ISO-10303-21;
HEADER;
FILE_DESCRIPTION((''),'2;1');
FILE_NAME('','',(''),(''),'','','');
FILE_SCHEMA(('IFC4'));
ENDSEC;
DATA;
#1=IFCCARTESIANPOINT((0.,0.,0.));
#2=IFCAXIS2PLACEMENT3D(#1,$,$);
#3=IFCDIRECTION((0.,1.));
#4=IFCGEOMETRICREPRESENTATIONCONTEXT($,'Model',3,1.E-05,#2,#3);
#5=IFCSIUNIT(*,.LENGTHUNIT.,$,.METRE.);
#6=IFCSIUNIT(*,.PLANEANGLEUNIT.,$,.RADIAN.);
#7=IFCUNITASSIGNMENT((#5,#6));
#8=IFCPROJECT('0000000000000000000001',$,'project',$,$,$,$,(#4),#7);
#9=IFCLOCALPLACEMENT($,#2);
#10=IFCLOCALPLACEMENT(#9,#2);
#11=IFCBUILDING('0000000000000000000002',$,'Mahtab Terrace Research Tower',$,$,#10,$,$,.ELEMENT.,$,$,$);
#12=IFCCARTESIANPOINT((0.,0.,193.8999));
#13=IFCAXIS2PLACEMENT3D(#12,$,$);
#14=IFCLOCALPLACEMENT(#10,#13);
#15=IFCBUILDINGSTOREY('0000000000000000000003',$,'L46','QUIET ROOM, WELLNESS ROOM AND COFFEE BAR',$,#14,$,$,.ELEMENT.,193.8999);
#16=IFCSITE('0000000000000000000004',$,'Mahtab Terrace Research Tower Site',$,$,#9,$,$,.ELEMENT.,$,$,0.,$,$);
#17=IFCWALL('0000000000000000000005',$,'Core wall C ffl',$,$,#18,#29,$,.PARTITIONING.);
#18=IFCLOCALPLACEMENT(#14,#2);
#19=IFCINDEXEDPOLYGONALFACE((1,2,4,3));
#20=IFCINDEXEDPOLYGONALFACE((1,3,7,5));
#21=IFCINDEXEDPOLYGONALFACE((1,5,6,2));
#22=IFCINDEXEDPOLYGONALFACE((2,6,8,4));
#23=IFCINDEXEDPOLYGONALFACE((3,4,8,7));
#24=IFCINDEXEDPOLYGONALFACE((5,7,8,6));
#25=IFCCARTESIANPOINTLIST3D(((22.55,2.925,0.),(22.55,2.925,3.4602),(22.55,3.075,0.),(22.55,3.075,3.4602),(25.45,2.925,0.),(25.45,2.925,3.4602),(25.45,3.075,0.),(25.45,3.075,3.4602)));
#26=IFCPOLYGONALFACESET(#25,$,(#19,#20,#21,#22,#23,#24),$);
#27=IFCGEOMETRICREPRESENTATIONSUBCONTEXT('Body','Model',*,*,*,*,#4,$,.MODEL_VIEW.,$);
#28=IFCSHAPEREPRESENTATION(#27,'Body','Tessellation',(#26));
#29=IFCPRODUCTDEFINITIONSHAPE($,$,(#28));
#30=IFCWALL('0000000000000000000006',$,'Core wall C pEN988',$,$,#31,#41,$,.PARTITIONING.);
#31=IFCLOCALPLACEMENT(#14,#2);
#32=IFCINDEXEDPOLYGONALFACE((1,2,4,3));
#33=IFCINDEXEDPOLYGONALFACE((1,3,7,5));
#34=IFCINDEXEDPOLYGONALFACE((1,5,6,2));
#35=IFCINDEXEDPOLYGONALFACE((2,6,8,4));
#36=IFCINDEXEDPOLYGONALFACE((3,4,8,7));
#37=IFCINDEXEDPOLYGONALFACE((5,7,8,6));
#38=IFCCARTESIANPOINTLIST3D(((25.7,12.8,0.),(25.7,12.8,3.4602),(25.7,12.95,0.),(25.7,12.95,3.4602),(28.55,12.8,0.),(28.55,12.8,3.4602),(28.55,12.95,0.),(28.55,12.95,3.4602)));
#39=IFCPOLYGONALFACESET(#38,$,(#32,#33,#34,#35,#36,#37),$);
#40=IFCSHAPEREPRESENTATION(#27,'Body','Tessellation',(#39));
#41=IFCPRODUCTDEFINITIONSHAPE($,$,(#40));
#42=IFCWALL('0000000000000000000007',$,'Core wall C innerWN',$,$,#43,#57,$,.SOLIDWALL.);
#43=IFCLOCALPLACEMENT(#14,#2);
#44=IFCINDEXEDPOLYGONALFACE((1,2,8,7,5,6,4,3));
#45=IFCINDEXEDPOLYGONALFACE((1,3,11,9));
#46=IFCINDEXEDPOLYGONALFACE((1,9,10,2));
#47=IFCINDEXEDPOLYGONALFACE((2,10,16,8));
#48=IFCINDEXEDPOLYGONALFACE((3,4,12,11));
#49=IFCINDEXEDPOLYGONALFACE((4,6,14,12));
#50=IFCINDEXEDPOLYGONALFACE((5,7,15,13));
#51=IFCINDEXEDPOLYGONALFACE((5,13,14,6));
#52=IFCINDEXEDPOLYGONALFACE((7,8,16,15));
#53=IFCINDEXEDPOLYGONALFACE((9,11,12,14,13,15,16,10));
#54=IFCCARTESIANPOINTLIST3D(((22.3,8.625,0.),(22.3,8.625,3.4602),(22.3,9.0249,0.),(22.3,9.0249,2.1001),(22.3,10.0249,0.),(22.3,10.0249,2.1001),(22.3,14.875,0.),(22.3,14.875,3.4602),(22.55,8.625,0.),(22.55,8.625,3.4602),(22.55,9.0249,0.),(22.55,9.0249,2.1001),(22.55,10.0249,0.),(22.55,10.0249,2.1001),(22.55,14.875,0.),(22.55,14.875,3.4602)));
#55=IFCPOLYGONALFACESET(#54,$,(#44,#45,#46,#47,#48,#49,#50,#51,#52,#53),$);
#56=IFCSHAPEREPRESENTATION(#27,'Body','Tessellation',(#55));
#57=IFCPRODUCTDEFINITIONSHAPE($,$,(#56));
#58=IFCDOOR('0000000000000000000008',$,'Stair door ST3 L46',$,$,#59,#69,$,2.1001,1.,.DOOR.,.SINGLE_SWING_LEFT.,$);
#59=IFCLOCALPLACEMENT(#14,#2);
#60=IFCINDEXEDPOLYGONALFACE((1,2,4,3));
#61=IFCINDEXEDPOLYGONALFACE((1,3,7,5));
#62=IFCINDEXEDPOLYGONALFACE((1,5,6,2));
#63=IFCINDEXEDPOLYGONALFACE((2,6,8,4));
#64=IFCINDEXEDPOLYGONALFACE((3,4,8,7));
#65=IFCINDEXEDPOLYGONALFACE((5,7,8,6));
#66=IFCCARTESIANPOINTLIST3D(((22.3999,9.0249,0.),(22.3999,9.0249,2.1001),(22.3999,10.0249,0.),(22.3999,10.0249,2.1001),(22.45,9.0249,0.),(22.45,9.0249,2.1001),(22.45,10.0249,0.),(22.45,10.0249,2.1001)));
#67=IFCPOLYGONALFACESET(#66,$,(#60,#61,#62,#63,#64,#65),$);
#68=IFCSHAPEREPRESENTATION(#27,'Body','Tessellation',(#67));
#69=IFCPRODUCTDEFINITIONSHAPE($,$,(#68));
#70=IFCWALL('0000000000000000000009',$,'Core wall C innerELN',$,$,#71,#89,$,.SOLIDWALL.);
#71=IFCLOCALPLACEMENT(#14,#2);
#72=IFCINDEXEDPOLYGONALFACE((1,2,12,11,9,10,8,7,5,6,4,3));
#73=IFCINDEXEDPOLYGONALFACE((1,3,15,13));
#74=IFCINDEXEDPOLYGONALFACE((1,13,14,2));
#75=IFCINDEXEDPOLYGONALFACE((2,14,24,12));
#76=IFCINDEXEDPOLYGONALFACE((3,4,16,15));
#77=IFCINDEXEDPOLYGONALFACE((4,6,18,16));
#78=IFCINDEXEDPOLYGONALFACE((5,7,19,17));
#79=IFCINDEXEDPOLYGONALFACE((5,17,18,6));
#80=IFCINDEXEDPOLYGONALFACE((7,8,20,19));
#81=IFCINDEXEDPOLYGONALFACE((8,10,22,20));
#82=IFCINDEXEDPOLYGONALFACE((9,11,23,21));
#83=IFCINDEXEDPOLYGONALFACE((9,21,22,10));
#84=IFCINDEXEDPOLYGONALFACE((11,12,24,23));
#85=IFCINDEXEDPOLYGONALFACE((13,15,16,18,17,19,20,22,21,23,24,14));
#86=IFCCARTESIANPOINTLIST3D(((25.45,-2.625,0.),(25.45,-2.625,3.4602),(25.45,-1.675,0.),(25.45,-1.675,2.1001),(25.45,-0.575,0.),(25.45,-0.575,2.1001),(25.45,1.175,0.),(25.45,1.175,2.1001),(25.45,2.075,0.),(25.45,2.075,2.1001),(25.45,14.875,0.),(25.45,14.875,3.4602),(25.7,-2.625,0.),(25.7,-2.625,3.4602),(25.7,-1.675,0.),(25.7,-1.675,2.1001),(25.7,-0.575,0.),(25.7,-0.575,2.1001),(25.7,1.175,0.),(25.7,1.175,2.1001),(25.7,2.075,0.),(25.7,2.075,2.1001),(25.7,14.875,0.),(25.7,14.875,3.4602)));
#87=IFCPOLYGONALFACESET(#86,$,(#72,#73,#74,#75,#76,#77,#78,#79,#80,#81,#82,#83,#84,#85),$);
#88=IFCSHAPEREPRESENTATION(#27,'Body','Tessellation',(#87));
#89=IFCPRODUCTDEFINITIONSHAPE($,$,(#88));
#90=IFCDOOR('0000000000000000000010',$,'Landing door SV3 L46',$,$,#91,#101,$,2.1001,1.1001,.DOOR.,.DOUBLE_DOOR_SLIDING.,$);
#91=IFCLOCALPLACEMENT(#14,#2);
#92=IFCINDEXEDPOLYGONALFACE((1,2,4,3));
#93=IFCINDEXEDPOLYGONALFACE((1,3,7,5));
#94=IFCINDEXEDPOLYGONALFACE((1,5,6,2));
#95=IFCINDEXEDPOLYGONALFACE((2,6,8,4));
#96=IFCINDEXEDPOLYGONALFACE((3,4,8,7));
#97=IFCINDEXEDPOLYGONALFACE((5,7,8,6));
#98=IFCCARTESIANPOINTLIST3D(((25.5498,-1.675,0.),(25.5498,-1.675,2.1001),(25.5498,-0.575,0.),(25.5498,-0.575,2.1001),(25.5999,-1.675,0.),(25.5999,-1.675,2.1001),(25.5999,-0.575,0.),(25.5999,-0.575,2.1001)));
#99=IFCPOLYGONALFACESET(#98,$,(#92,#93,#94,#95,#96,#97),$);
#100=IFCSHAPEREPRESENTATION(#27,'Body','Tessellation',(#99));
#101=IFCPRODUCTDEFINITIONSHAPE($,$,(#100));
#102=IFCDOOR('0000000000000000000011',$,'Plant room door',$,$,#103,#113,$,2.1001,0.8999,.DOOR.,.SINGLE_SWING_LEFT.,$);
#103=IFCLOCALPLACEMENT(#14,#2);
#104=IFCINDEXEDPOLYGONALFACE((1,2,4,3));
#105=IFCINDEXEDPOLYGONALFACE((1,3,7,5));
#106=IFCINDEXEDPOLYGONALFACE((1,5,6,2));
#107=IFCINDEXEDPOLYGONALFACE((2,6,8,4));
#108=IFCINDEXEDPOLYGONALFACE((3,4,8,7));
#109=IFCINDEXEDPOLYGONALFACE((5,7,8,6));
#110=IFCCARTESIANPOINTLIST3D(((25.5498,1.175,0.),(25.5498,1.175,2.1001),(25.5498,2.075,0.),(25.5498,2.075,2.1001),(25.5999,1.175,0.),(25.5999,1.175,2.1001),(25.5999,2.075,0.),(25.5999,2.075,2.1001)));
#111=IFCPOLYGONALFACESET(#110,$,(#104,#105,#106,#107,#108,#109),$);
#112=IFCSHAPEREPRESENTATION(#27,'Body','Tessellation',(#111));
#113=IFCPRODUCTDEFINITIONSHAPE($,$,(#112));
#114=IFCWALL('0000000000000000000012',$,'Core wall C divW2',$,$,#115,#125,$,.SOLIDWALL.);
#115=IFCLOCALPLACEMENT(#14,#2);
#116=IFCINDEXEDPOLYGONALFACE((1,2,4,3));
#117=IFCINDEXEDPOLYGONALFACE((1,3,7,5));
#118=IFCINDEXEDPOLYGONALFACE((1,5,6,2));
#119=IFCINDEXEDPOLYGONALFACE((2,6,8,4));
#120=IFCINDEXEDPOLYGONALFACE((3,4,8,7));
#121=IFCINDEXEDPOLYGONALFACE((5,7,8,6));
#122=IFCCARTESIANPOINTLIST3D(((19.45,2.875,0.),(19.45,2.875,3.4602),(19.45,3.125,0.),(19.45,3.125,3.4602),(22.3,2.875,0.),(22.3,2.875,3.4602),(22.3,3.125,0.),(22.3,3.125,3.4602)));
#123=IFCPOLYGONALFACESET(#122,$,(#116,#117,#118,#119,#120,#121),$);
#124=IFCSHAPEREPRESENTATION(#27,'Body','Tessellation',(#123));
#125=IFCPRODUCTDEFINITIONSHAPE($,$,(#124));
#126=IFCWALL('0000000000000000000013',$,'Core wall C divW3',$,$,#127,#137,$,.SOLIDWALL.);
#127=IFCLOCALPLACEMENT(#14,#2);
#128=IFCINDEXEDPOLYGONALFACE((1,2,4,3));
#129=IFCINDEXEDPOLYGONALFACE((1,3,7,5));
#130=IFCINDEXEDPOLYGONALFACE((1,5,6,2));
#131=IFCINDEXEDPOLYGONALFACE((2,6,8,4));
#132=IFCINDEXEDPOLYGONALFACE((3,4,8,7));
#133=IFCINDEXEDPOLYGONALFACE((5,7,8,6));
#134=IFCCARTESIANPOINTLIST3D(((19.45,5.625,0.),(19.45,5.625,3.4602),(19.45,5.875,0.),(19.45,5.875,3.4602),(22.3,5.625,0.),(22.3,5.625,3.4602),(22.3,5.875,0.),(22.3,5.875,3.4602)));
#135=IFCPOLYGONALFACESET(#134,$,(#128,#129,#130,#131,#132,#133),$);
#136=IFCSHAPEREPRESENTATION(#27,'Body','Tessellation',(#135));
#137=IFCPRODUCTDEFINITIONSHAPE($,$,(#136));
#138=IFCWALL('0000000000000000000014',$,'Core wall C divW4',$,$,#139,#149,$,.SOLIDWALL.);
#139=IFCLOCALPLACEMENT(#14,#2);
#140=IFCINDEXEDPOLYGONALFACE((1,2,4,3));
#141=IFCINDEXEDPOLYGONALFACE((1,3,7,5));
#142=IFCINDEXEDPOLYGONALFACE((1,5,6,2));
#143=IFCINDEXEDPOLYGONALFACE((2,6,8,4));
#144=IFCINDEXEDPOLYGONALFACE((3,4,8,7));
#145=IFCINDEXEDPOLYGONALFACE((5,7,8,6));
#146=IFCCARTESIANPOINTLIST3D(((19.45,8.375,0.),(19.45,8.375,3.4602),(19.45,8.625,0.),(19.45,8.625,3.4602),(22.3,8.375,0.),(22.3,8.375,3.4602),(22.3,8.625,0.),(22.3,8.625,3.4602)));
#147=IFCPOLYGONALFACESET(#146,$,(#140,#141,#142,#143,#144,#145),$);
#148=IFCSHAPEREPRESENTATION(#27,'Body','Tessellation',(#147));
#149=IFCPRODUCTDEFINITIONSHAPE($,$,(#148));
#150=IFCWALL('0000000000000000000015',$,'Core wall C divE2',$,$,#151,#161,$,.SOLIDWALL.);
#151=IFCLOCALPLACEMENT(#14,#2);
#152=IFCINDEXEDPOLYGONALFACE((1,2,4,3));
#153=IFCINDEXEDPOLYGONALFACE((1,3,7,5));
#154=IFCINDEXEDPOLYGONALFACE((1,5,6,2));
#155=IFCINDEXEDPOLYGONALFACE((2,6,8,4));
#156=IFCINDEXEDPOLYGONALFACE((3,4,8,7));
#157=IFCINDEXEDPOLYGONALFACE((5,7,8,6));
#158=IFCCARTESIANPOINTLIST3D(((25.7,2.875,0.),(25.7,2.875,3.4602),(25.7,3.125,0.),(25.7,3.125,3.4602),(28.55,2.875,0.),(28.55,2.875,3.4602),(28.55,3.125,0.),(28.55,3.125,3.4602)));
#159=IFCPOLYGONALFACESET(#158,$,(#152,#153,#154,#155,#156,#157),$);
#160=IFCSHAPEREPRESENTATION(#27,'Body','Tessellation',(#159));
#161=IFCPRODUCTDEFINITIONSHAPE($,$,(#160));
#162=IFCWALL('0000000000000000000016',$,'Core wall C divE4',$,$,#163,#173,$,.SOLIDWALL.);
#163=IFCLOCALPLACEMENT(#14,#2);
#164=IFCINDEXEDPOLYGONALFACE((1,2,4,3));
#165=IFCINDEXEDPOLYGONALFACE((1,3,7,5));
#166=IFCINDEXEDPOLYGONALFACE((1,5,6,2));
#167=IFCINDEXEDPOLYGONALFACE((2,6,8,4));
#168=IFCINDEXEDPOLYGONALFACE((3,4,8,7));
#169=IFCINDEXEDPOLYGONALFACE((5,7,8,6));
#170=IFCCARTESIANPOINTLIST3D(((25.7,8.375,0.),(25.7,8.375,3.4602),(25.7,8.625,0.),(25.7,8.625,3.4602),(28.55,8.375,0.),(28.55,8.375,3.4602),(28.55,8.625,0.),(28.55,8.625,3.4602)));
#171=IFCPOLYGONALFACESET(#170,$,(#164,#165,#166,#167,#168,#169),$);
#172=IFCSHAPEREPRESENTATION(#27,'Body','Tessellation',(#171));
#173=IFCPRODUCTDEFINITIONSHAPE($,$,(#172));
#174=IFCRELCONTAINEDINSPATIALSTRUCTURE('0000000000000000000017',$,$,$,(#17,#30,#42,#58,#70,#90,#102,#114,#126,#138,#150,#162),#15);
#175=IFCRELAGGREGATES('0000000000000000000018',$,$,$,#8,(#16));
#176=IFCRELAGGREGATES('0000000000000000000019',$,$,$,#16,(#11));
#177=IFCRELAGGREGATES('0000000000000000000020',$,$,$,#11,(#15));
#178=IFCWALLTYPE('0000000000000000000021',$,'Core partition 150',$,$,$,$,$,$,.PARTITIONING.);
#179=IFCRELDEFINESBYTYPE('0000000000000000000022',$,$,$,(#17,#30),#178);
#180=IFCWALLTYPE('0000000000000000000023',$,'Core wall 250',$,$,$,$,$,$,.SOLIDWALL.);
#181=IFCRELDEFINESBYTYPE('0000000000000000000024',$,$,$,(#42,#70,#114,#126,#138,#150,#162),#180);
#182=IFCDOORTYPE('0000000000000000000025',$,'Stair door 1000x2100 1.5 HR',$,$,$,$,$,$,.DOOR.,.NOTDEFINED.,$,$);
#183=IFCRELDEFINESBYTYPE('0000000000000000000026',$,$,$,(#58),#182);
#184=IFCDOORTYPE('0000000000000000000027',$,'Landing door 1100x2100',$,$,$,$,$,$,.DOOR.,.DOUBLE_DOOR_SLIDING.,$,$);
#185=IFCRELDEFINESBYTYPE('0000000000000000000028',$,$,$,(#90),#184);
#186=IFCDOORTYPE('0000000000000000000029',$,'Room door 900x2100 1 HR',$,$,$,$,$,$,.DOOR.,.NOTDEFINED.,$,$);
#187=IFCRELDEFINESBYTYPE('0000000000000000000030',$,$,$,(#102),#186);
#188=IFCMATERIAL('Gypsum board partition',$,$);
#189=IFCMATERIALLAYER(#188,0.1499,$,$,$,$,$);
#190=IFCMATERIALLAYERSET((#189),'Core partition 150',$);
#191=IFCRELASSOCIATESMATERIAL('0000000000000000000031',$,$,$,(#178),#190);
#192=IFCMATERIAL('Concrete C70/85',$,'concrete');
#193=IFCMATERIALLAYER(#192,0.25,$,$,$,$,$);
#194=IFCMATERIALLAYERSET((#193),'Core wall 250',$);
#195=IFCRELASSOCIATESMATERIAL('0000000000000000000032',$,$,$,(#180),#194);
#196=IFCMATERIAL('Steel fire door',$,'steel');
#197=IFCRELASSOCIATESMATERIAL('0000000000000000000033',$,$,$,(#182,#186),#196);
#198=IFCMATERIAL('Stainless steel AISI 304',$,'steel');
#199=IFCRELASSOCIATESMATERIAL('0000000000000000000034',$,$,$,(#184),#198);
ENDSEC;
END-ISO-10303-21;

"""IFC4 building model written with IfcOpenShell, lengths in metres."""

from ifc_helpers import new_model, si_unit, direction, frame, frame_2d, origin, place, context, subcontext, project, spatial, rectangle, extrude, material, layer, layer_set, type_object, element, fill, save


model = new_model("IFC4")

# Units and contexts
model_context = context("Model", 3, precision=1e-05, world=origin(), true_north=direction((0.0, 1.0)))
body_context = subcontext(model_context, "Body", "Model", "MODEL_VIEW")
ifc_project = project(units=[si_unit("LENGTHUNIT", "METRE"), si_unit("PLANEANGLEUNIT", "RADIAN")], contexts=[model_context])

# Site, building, storey
site_placement = place(None, origin())
site = spatial("IfcSite", under=ifc_project, at=site_placement, Name="Mahtab Terrace Research Tower Site", CompositionType="ELEMENT", RefElevation=0.0)
building_placement = place(site_placement, origin())
building = spatial("IfcBuilding", under=site, at=building_placement, Name="Mahtab Terrace Research Tower", CompositionType="ELEMENT")
storey_placement = place(building_placement, frame((0.0, 0.0, 193.8999)))
storey = spatial("IfcBuildingStorey", under=building, at=storey_placement, Name="L46", Description="QUIET ROOM, WELLNESS ROOM AND COFFEE BAR", CompositionType="ELEMENT", Elevation=193.8999)

# Walls
ifc_material_1 = material(Name="Gypsum board partition")
ifc_layer_1 = layer(ifc_material_1, 0.1499)
ifc_layer_set_1 = layer_set([ifc_layer_1], Name="Core partition 150")
wall_type_1 = type_object("IfcWallType", Name="Core partition 150", PredefinedType="PARTITIONING", material=ifc_layer_set_1)
wall_1_placement = place(storey_placement, frame((22.55, 3.0, 0.0), z_axis=(0.0, 0.0, 1.0), x_axis=(1.0, 0.0, 0.0)))
element("IfcWall", 1, at=wall_1_placement, inside=storey, type_object=wall_type_1, Name="Core wall C ffl", PredefinedType="PARTITIONING", context=body_context, shape_type="SweptSolid", body=[
    extrude(rectangle(XDim=2.8999, YDim=0.1499, at=frame_2d((1.45, 0.0))), origin(), (0.0, 0.0, 1.0), 3.4602),
])
wall_2_placement = place(storey_placement, frame((25.7, 12.875, 0.0), z_axis=(0.0, 0.0, 1.0), x_axis=(1.0, 0.0, 0.0)))
element("IfcWall", 2, at=wall_2_placement, inside=storey, type_object=wall_type_1, Name="Core wall C pEN988", PredefinedType="PARTITIONING", context=body_context, shape_type="SweptSolid", body=[
    extrude(rectangle(XDim=2.8501, YDim=0.1499, at=frame_2d((1.425, 0.0))), origin(), (0.0, 0.0, 1.0), 3.4602),
])

# Wall, opening, door
ifc_material_2 = material(Name="Concrete C70/85", Category="concrete")
ifc_layer_2 = layer(ifc_material_2, 0.25)
ifc_layer_set_2 = layer_set([ifc_layer_2], Name="Core wall 250")
wall_type_2 = type_object("IfcWallType", Name="Core wall 250", PredefinedType="SOLIDWALL", material=ifc_layer_set_2)
wall_3_placement = place(storey_placement, frame((22.425, 14.875, 0.0), z_axis=(0.0, 0.0, 1.0), x_axis=(0.0, -1.0, 0.0)))
wall_3 = element("IfcWall", 3, at=wall_3_placement, inside=storey, type_object=wall_type_2, Name="Core wall C innerWN", PredefinedType="SOLIDWALL", context=body_context, shape_type="SweptSolid", body=[
    extrude(rectangle(XDim=6.25, YDim=0.25, at=frame_2d((3.125, 0.0))), origin(), (0.0, 0.0, 1.0), 3.4602),
])
opening_1_placement = place(wall_3_placement, frame((4.8501, 0.0, 0.0)))
opening_1 = element("IfcOpeningElement", 4, at=opening_1_placement, cuts=wall_3, PredefinedType="OPENING", context=body_context, shape_type="SweptSolid", body=[
    extrude(rectangle(XDim=1.0, YDim=2.1001, at=frame_2d((0.5, 1.05))), frame((0.0, 0.135, 0.0), z_axis=(0.0, -1.0, 0.0), x_axis=(1.0, 0.0, 0.0)), (0.0, 0.0, 1.0), 0.27),
])
ifc_material_3 = material(Name="Steel fire door", Category="steel")
door_type_1 = type_object("IfcDoorType", Name="Stair door 1000x2100 1.5 HR", OperationType="NOTDEFINED", PredefinedType="DOOR", material=ifc_material_3)
door_1_placement = place(opening_1_placement, origin())
door_1 = element("IfcDoor", 5, at=door_1_placement, inside=storey, type_object=door_type_1, Name="Stair door ST3 L46", OperationType="SINGLE_SWING_LEFT", OverallHeight=2.1001, OverallWidth=1.0, PredefinedType="DOOR", context=body_context, shape_type="SweptSolid", body=[
    extrude(rectangle(XDim=1.0, YDim=2.1001, at=frame_2d((0.5, 1.05))), frame((0.0, 0.0249, 0.0), z_axis=(0.0, -1.0, 0.0), x_axis=(1.0, 0.0, 0.0)), (0.0, 0.0, 1.0), 0.05),
])
fill(opening_1, door_1)

# Wall, openings, doors
wall_4_placement = place(storey_placement, frame((25.575, 14.875, 0.0), z_axis=(0.0, 0.0, 1.0), x_axis=(0.0, -1.0, 0.0)))
wall_4 = element("IfcWall", 6, at=wall_4_placement, inside=storey, type_object=wall_type_2, Name="Core wall C innerELN", PredefinedType="SOLIDWALL", context=body_context, shape_type="SweptSolid", body=[
    extrude(rectangle(XDim=17.5, YDim=0.25, at=frame_2d((8.75, 0.0))), origin(), (0.0, 0.0, 1.0), 3.4602),
])
opening_2_placement = place(wall_4_placement, frame((15.45, 0.0, 0.0)))
opening_2 = element("IfcOpeningElement", 7, at=opening_2_placement, cuts=wall_4, PredefinedType="OPENING", context=body_context, shape_type="SweptSolid", body=[
    extrude(rectangle(XDim=1.1001, YDim=2.1001, at=frame_2d((0.55, 1.05))), frame((0.0, 0.135, 0.0), z_axis=(0.0, -1.0, 0.0), x_axis=(1.0, 0.0, 0.0)), (0.0, 0.0, 1.0), 0.27),
])
opening_3_placement = place(wall_4_placement, frame((12.8, 0.0, 0.0)))
opening_3 = element("IfcOpeningElement", 8, at=opening_3_placement, cuts=wall_4, PredefinedType="OPENING", context=body_context, shape_type="SweptSolid", body=[
    extrude(rectangle(XDim=0.8999, YDim=2.1001, at=frame_2d((0.45, 1.05))), frame((0.0, 0.135, 0.0), z_axis=(0.0, -1.0, 0.0), x_axis=(1.0, 0.0, 0.0)), (0.0, 0.0, 1.0), 0.27),
])
ifc_material_4 = material(Name="Stainless steel AISI 304", Category="steel")
door_type_2 = type_object("IfcDoorType", Name="Landing door 1100x2100", OperationType="DOUBLE_DOOR_SLIDING", PredefinedType="DOOR", material=ifc_material_4)
door_2_placement = place(opening_2_placement, origin())
door_2 = element("IfcDoor", 9, at=door_2_placement, inside=storey, type_object=door_type_2, Name="Landing door SV3 L46", OperationType="DOUBLE_DOOR_SLIDING", OverallHeight=2.1001, OverallWidth=1.1001, PredefinedType="DOOR", context=body_context, shape_type="SweptSolid", body=[
    extrude(rectangle(XDim=1.1001, YDim=2.1001, at=frame_2d((0.55, 1.05))), frame((0.0, 0.0249, 0.0), z_axis=(0.0, -1.0, 0.0), x_axis=(1.0, 0.0, 0.0)), (0.0, 0.0, 1.0), 0.05),
])
fill(opening_2, door_2)
door_type_3 = type_object("IfcDoorType", Name="Room door 900x2100 1 HR", OperationType="NOTDEFINED", PredefinedType="DOOR", material=ifc_material_3)
door_3_placement = place(opening_3_placement, origin())
door_3 = element("IfcDoor", 10, at=door_3_placement, inside=storey, type_object=door_type_3, Name="Plant room door", OperationType="SINGLE_SWING_LEFT", OverallHeight=2.1001, OverallWidth=0.8999, PredefinedType="DOOR", context=body_context, shape_type="SweptSolid", body=[
    extrude(rectangle(XDim=0.8999, YDim=2.1001, at=frame_2d((0.45, 1.05))), frame((0.0, 0.0249, 0.0), z_axis=(0.0, -1.0, 0.0), x_axis=(1.0, 0.0, 0.0)), (0.0, 0.0, 1.0), 0.05),
])
fill(opening_3, door_3)

# Walls
for number, where, z_axis, x_axis, name in (
    (11, (19.45, 3.0, 0.0), (0.0, 0.0, 1.0), (1.0, 0.0, 0.0), "Core wall C divW2"),
    (12, (19.45, 5.75, 0.0), (0.0, 0.0, 1.0), (1.0, 0.0, 0.0), "Core wall C divW3"),
    (13, (19.45, 8.5, 0.0), (0.0, 0.0, 1.0), (1.0, 0.0, 0.0), "Core wall C divW4"),
    (14, (25.7, 3.0, 0.0), (0.0, 0.0, 1.0), (1.0, 0.0, 0.0), "Core wall C divE2"),
    (15, (25.7, 8.5, 0.0), (0.0, 0.0, 1.0), (1.0, 0.0, 0.0), "Core wall C divE4"),
):
    element("IfcWall", number, at=place(storey_placement, frame(where, z_axis=z_axis, x_axis=x_axis)), inside=storey, type_object=wall_type_2, Name=name, PredefinedType="SOLIDWALL", context=body_context, shape_type="SweptSolid", body=[
        extrude(rectangle(XDim=2.8501, YDim=0.25, at=frame_2d((1.425, 0.0))), origin(), (0.0, 0.0, 1.0), 3.4602),
    ])

save(model, "model.ifc")
